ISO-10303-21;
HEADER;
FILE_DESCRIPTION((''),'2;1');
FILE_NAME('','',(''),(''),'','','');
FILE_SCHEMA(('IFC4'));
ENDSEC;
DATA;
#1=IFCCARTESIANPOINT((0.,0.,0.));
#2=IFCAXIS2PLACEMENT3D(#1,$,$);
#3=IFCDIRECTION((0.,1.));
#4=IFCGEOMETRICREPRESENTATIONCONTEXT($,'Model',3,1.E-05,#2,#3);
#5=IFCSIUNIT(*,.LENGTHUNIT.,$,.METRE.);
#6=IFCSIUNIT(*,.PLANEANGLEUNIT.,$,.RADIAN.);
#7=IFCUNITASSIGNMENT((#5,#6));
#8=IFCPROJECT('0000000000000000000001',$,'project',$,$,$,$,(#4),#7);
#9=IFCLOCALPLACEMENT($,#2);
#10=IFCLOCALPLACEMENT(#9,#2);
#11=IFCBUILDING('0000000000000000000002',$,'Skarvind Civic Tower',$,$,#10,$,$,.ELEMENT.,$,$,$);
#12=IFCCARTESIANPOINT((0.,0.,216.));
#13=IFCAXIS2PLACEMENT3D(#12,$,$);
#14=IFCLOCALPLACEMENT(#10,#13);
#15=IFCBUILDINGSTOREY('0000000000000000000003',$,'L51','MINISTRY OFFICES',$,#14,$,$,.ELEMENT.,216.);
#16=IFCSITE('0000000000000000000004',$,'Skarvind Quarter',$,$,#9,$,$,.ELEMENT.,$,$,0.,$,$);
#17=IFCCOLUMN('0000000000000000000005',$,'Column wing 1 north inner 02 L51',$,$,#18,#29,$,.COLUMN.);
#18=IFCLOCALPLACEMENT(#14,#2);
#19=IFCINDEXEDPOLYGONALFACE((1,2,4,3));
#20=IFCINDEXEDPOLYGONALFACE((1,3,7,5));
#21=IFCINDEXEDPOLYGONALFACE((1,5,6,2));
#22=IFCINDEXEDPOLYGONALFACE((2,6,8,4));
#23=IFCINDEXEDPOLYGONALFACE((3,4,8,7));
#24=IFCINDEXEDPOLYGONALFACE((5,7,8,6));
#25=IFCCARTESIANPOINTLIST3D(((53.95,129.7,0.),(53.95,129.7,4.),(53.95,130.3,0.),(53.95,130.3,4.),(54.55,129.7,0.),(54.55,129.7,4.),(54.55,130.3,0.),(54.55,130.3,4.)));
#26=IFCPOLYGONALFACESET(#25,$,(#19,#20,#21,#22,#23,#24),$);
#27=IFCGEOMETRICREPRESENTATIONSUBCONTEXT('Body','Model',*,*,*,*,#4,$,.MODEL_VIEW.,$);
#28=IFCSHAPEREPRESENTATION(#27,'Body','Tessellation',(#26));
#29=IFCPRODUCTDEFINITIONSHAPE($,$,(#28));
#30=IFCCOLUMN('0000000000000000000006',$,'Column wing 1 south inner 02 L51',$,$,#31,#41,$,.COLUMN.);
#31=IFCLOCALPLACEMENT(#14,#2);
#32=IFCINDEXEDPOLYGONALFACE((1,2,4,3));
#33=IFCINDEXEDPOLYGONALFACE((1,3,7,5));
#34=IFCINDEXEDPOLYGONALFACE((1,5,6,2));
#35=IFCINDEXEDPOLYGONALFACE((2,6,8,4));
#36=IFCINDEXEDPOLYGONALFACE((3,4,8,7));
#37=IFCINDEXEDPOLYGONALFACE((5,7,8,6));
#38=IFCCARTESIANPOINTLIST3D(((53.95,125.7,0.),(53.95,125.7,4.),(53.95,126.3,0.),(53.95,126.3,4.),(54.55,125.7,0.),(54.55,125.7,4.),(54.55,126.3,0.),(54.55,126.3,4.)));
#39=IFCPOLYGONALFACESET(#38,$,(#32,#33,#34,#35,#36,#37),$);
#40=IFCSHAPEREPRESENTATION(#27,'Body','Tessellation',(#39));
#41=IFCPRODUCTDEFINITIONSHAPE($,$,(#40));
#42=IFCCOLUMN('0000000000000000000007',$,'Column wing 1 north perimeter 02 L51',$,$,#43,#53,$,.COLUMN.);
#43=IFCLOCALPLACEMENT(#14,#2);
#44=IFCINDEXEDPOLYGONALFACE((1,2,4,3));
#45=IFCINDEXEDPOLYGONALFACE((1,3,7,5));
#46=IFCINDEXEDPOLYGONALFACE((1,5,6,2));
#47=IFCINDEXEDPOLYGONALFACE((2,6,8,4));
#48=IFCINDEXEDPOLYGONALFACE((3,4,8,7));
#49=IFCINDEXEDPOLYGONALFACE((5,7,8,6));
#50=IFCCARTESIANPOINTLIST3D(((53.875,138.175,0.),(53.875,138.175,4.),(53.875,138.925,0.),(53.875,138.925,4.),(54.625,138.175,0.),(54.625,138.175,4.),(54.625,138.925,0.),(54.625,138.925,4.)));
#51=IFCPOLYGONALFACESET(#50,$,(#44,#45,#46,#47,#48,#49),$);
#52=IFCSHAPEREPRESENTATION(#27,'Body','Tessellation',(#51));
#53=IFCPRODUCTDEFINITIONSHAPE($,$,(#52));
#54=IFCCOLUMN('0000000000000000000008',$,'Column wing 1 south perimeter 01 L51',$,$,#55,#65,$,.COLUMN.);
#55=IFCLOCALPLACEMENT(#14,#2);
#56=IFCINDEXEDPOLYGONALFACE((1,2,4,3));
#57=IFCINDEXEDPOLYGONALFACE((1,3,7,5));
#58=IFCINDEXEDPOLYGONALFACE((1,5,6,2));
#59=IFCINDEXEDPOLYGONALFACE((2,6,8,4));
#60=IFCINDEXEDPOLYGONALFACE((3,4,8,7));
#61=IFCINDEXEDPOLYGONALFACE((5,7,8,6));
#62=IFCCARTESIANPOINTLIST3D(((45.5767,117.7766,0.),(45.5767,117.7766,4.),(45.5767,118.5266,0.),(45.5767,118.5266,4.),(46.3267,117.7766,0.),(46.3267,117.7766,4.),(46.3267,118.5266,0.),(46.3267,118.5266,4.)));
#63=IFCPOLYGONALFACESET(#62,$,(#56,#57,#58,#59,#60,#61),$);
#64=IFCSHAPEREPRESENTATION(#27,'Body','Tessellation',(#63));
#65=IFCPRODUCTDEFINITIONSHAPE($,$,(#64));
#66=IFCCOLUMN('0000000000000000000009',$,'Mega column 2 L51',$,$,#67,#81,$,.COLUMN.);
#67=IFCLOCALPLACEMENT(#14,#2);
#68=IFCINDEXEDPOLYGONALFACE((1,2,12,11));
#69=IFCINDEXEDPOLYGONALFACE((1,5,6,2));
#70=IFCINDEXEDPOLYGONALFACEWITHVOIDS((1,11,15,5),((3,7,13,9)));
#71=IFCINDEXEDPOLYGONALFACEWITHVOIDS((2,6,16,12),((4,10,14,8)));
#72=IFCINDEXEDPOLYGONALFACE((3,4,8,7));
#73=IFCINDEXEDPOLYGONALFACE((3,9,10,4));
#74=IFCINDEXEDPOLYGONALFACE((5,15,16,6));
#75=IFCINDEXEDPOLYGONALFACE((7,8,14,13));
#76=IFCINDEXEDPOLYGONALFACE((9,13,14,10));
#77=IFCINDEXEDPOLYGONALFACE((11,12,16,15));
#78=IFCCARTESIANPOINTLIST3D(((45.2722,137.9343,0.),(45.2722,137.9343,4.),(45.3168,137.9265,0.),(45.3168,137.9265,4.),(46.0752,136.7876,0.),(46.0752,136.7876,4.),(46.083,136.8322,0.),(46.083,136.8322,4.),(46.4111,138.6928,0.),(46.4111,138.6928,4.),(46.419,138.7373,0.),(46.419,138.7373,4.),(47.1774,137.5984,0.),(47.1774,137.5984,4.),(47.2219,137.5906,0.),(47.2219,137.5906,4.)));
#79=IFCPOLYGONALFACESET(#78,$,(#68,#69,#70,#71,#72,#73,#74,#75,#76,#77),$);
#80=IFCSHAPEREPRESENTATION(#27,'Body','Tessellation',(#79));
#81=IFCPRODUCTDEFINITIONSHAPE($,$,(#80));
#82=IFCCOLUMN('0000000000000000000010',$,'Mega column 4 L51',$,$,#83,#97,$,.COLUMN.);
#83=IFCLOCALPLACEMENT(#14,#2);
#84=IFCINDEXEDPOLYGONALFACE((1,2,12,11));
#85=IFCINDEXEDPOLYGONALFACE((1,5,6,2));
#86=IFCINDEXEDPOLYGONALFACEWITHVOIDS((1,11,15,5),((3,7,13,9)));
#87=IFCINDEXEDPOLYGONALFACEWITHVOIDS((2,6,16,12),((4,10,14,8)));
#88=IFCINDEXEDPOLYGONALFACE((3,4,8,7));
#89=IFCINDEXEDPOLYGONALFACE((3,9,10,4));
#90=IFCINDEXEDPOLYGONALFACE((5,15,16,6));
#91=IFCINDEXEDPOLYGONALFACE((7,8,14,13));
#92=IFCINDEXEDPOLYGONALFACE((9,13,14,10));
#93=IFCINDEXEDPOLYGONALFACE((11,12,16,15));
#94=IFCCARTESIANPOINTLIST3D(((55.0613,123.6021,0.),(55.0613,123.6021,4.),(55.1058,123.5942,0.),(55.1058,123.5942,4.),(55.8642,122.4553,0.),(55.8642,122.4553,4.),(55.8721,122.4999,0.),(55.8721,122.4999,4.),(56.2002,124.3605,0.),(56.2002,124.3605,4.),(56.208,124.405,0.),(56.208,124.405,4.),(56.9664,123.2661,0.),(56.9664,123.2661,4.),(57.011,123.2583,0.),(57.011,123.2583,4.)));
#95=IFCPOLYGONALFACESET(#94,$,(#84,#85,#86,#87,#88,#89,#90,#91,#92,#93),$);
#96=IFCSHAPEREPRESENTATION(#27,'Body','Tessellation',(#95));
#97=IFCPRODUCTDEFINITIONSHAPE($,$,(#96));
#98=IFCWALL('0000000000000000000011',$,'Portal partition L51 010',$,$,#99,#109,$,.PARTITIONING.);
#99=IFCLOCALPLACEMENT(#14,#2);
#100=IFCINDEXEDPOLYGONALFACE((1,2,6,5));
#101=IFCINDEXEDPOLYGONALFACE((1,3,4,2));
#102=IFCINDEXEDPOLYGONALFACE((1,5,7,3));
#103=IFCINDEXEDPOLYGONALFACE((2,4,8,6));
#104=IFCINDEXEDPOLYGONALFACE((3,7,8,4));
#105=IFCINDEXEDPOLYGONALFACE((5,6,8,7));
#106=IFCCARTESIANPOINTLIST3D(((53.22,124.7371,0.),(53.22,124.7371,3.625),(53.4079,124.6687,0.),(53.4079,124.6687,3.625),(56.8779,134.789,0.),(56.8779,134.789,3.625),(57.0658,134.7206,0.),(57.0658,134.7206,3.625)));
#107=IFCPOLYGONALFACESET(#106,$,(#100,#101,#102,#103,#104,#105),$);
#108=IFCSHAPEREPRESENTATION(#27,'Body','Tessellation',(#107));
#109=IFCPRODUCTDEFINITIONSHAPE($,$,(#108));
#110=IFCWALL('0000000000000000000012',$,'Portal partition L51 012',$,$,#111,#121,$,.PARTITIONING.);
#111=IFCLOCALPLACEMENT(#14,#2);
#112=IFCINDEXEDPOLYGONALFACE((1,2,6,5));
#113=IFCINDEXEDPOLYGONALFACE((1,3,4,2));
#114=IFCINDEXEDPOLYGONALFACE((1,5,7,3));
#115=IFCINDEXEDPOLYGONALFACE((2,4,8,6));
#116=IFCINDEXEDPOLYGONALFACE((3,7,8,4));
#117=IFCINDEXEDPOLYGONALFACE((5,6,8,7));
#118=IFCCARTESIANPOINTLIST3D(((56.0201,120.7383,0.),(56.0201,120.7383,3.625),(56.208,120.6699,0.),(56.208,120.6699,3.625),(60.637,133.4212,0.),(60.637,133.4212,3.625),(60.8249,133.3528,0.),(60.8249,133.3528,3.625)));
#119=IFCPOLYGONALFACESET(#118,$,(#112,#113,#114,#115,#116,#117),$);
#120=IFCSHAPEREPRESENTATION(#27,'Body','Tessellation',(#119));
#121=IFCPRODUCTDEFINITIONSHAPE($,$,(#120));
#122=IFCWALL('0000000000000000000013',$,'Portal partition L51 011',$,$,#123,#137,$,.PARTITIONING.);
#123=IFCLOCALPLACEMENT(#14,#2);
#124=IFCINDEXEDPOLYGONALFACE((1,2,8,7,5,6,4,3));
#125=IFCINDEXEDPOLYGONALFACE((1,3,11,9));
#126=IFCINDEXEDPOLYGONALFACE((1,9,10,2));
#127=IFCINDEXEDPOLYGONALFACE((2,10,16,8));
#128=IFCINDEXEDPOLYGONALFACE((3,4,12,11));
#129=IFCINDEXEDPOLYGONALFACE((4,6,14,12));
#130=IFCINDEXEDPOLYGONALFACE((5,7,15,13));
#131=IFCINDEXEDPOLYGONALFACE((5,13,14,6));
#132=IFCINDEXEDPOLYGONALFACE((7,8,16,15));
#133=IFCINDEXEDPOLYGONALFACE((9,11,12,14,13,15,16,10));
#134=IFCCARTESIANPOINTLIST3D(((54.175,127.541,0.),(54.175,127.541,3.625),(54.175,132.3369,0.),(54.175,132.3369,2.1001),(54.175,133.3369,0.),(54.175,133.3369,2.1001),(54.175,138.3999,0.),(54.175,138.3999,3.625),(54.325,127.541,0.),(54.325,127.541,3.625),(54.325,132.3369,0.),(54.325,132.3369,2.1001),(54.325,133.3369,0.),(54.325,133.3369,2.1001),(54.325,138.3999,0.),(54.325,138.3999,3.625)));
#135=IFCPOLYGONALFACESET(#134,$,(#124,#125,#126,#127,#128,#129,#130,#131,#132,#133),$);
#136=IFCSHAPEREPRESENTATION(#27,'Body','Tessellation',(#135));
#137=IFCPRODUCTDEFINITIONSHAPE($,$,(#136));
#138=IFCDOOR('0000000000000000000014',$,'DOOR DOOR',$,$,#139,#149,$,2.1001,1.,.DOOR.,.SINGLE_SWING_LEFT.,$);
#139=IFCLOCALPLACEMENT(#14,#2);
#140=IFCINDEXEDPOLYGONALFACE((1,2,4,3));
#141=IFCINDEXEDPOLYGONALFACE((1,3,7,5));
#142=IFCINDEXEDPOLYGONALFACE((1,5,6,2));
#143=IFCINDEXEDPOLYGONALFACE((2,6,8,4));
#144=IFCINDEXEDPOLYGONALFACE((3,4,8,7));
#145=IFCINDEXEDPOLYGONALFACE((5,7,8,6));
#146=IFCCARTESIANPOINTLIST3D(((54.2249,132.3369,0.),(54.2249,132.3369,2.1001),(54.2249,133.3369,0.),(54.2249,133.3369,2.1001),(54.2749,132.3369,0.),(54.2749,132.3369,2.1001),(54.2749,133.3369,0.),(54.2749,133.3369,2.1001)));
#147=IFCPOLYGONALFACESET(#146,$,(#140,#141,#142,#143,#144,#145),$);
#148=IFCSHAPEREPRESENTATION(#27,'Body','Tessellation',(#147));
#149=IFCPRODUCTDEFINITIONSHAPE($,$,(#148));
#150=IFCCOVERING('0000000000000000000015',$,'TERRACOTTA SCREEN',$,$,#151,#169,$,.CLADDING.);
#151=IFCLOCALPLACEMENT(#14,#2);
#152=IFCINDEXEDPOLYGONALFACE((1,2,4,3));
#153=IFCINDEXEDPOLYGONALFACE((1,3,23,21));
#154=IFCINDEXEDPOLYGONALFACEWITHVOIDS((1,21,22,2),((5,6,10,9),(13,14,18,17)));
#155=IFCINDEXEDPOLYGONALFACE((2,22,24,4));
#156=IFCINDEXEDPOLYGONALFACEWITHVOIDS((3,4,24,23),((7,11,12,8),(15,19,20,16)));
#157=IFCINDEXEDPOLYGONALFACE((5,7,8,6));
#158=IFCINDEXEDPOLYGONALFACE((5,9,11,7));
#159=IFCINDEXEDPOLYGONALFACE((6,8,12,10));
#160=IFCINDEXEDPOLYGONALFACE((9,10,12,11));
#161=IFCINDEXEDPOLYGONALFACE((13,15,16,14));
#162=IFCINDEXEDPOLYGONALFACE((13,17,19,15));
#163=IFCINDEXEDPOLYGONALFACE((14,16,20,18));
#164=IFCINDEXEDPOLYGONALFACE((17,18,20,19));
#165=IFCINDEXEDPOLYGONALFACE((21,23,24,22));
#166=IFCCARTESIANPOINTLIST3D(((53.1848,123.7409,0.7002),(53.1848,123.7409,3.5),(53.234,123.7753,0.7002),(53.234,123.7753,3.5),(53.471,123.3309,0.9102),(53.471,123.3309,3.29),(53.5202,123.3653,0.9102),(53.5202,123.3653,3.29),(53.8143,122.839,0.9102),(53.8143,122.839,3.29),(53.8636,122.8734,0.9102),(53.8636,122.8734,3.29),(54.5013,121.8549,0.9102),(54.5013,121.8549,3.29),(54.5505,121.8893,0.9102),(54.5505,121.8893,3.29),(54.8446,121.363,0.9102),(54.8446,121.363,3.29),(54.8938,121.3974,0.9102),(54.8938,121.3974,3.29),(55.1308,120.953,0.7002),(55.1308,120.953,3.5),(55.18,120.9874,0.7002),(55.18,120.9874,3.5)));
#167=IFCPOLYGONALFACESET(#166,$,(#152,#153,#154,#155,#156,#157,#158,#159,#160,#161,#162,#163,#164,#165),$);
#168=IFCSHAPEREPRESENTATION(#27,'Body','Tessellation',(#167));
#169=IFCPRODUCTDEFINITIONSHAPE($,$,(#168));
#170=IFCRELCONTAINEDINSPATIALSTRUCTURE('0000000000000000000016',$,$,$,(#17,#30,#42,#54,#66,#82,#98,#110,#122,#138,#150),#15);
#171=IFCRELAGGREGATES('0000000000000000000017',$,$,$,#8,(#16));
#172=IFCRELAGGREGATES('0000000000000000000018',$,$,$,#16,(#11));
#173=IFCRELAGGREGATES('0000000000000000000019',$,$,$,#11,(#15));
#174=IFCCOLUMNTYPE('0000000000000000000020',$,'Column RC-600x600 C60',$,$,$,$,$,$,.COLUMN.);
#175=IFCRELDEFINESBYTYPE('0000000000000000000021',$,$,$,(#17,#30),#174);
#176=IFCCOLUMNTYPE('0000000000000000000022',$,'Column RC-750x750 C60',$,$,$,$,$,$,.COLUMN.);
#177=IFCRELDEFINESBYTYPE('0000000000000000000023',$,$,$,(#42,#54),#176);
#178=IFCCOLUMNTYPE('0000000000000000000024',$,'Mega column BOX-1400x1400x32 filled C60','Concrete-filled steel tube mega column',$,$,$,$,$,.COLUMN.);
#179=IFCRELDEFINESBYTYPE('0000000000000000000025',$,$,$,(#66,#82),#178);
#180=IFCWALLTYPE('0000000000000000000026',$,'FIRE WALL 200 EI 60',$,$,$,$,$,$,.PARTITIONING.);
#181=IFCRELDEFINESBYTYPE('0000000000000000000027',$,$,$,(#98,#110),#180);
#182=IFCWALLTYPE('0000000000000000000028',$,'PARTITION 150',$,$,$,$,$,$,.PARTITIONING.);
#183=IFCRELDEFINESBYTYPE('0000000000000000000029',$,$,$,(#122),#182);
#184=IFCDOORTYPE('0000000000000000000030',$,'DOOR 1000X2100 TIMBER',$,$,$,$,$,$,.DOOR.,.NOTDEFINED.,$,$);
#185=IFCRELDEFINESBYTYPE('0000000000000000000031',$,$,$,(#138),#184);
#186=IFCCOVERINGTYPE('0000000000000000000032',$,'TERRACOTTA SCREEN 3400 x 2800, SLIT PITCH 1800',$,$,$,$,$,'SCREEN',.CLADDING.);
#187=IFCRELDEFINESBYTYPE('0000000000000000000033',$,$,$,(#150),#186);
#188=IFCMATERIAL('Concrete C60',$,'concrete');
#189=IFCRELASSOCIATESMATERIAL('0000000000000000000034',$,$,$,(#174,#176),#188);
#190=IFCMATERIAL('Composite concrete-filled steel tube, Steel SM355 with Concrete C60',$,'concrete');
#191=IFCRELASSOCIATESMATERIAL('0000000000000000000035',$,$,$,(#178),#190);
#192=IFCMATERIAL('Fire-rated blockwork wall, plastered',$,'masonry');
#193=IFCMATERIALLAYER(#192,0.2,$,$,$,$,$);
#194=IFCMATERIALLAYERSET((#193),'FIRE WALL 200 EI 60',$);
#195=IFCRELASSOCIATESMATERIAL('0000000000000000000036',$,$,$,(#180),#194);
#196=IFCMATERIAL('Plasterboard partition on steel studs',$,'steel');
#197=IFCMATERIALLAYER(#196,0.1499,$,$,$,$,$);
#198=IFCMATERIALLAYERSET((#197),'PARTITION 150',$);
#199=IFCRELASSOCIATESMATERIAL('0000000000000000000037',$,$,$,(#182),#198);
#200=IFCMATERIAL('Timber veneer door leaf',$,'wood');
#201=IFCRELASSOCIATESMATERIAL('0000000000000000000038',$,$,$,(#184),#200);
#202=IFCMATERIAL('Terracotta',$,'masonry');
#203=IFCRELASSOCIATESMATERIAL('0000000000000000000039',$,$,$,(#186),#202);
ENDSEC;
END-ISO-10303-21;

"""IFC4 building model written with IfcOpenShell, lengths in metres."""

from ifc_helpers import new_model, si_unit, direction, frame, frame_2d, origin, origin_2d, place, context, subcontext, project, spatial, polyline, rectangle, hollow_rectangle, outline, extrude, material, layer, layer_set, material_profile, profile_set, type_object, element, fill, save


model = new_model("IFC4")

# Units and contexts
model_context = context("Model", 3, precision=1e-05, world=origin(), true_north=direction((0.0, 1.0)))
body_context = subcontext(model_context, "Body", "Model", "MODEL_VIEW")
ifc_project = project(units=[si_unit("LENGTHUNIT", "METRE"), si_unit("PLANEANGLEUNIT", "RADIAN")], contexts=[model_context])

# Site, building, storey
site_placement = place(None, origin())
site = spatial("IfcSite", under=ifc_project, at=site_placement, Name="Skarvind Quarter", CompositionType="ELEMENT", RefElevation=0.0)
building_placement = place(site_placement, origin())
building = spatial("IfcBuilding", under=site, at=building_placement, Name="Skarvind Civic Tower", CompositionType="ELEMENT")
storey_placement = place(building_placement, frame((0.0, 0.0, 216.0)))
storey = spatial("IfcBuildingStorey", under=building, at=storey_placement, Name="L51", Description="MINISTRY OFFICES", CompositionType="ELEMENT", Elevation=216.0)

# Columns
ifc_material_1 = material(Name="Concrete C60", Category="concrete")
ifc_material_profile_1 = material_profile(ifc_material_1, rectangle(XDim=0.6001, YDim=0.6001, at=origin_2d()), Name="RC-600x600")
ifc_profile_set_1 = profile_set([ifc_material_profile_1], Name="Concrete C60")
column_type_1 = type_object("IfcColumnType", Name="Column RC-600x600 C60", PredefinedType="COLUMN", material=ifc_profile_set_1)
for number, where, z_axis, x_axis, name in (
    (1, (54.25, 130.0, 0.0), (0.0, 0.0, 1.0), (1.0, 0.0, 0.0), "Column wing 1 north inner 02 L51"),
    (2, (54.25, 126.0, 0.0), (0.0, 0.0, 1.0), (1.0, 0.0, 0.0), "Column wing 1 south inner 02 L51"),
):
    element("IfcColumn", number, at=place(storey_placement, frame(where, z_axis=z_axis, x_axis=x_axis)), inside=storey, type_object=column_type_1, Name=name, PredefinedType="COLUMN", context=body_context, shape_type="SweptSolid", body=[
        extrude(rectangle(XDim=0.6001, YDim=0.6001, at=origin_2d()), origin(), (0.0, 0.0, 1.0), 4.0),
    ])
ifc_material_profile_2 = material_profile(ifc_material_1, rectangle(XDim=0.75, YDim=0.75, at=origin_2d()), Name="RC-750x750")
ifc_profile_set_2 = profile_set([ifc_material_profile_2], Name="Concrete C60")
column_type_2 = type_object("IfcColumnType", Name="Column RC-750x750 C60", PredefinedType="COLUMN", material=ifc_profile_set_2)
for number, where, z_axis, x_axis, name in (
    (3, (54.25, 138.55, 0.0), (0.0, 0.0, 1.0), (1.0, 0.0, 0.0), "Column wing 1 north perimeter 02 L51"),
    (4, (45.9517, 118.1516, 0.0), (0.0, 0.0, 1.0), (1.0, 0.0, 0.0), "Column wing 1 south perimeter 01 L51"),
):
    element("IfcColumn", number, at=place(storey_placement, frame(where, z_axis=z_axis, x_axis=x_axis)), inside=storey, type_object=column_type_2, Name=name, PredefinedType="COLUMN", context=body_context, shape_type="SweptSolid", body=[
        extrude(rectangle(XDim=0.75, YDim=0.75, at=origin_2d()), origin(), (0.0, 0.0, 1.0), 4.0),
    ])
ifc_material_2 = material(Name="Composite concrete-filled steel tube, Steel SM355 with Concrete C60", Category="concrete")
ifc_material_profile_3 = material_profile(ifc_material_2, hollow_rectangle(XDim=1.3999, YDim=1.3999, WallThickness=0.032, at=origin_2d()), Name="BOX-1400x1400x32")
ifc_profile_set_3 = profile_set([ifc_material_profile_3], Name="Composite concrete-filled steel tube, Steel SM355 with Concrete C60")
column_type_3 = type_object("IfcColumnType", Name="Mega column BOX-1400x1400x32 filled C60", Description="Concrete-filled steel tube mega column", PredefinedType="COLUMN", material=ifc_profile_set_3)
for number, where, z_axis, x_axis, name in (
    (5, (46.2471, 137.7625, 0.0), (0.0, 0.0, 1.0), (0.573576, -0.819152, 0.0), "Mega column 2 L51"),
    (6, (56.0361, 123.4302, 0.0), (0.0, 0.0, 1.0), (0.573576, -0.819152, 0.0), "Mega column 4 L51"),
):
    element("IfcColumn", number, at=place(storey_placement, frame(where, z_axis=z_axis, x_axis=x_axis)), inside=storey, type_object=column_type_3, Name=name, PredefinedType="COLUMN", context=body_context, shape_type="SweptSolid", body=[
        extrude(hollow_rectangle(XDim=1.3999, YDim=1.3999, WallThickness=0.032, at=origin_2d()), origin(), (0.0, 0.0, 1.0), 4.0),
    ])

# Walls
ifc_material_3 = material(Name="Fire-rated blockwork wall, plastered", Category="masonry")
ifc_layer_1 = layer(ifc_material_3, 0.2)
ifc_layer_set_1 = layer_set([ifc_layer_1], Name="FIRE WALL 200 EI 60")
wall_type_1 = type_object("IfcWallType", Name="FIRE WALL 200 EI 60", PredefinedType="PARTITIONING", material=ifc_layer_set_1)
wall_1_placement = place(storey_placement, frame((53.314, 124.7029, 0.0), z_axis=(0.0, 0.0, 1.0), x_axis=(0.341965, 0.939713, 0.0)))
element("IfcWall", 7, at=wall_1_placement, inside=storey, type_object=wall_type_1, Name="Portal partition L51 010", PredefinedType="PARTITIONING", context=body_context, shape_type="SweptSolid", body=[
    extrude(rectangle(XDim=10.6968, YDim=0.2, at=frame_2d((5.3484, 0.0))), origin(), (0.0, 0.0, 1.0), 3.625),
])
wall_2_placement = place(storey_placement, frame((56.114, 120.7041, 0.0), z_axis=(0.0, 0.0, 1.0), x_axis=(0.34207, 0.939675, 0.0)))
element("IfcWall", 8, at=wall_2_placement, inside=storey, type_object=wall_type_1, Name="Portal partition L51 012", PredefinedType="PARTITIONING", context=body_context, shape_type="SweptSolid", body=[
    extrude(rectangle(XDim=13.4971, YDim=0.2, at=frame_2d((6.7485, 0.0))), origin(), (0.0, 0.0, 1.0), 3.625),
])

# Wall, opening, door
ifc_material_4 = material(Name="Plasterboard partition on steel studs", Category="steel")
ifc_layer_2 = layer(ifc_material_4, 0.1499)
ifc_layer_set_2 = layer_set([ifc_layer_2], Name="PARTITION 150")
wall_type_2 = type_object("IfcWallType", Name="PARTITION 150", PredefinedType="PARTITIONING", material=ifc_layer_set_2)
wall_3_placement = place(storey_placement, frame((54.25, 138.3999, 0.0), z_axis=(0.0, 0.0, 1.0), x_axis=(0.0, -1.0, 0.0)))
wall_3 = element("IfcWall", 9, at=wall_3_placement, inside=storey, type_object=wall_type_2, Name="Portal partition L51 011", PredefinedType="PARTITIONING", context=body_context, shape_type="SweptSolid", body=[
    extrude(rectangle(XDim=10.8589, YDim=0.1499, at=frame_2d((5.4294, 0.0))), origin(), (0.0, 0.0, 1.0), 3.625),
])
opening_1_placement = place(wall_3_placement, frame((5.063, 0.0, 0.0)))
opening_1 = element("IfcOpeningElement", 10, at=opening_1_placement, cuts=wall_3, PredefinedType="OPENING", context=body_context, shape_type="SweptSolid", body=[
    extrude(rectangle(XDim=1.0, YDim=2.1001, at=frame_2d((0.5, 1.05))), frame((0.0, 0.085, 0.0), z_axis=(0.0, -1.0, 0.0), x_axis=(1.0, 0.0, 0.0)), (0.0, 0.0, 1.0), 0.1699),
])
ifc_material_5 = material(Name="Timber veneer door leaf", Category="wood")
door_type = type_object("IfcDoorType", Name="DOOR 1000X2100 TIMBER", OperationType="NOTDEFINED", PredefinedType="DOOR", material=ifc_material_5)
door_placement = place(opening_1_placement, origin())
door = element("IfcDoor", 11, at=door_placement, inside=storey, type_object=door_type, Name="DOOR DOOR", OperationType="SINGLE_SWING_LEFT", OverallHeight=2.1001, OverallWidth=1.0, PredefinedType="DOOR", context=body_context, shape_type="SweptSolid", body=[
    extrude(rectangle(XDim=1.0, YDim=2.1001, at=frame_2d((0.5, 1.05))), frame((0.0, 0.0249, 0.0), z_axis=(0.0, -1.0, 0.0), x_axis=(1.0, 0.0, 0.0)), (0.0, 0.0, 1.0), 0.05),
])
fill(opening_1, door)

# Covering
ifc_material_6 = material(Name="Terracotta", Category="masonry")
ifc_material_profile_4 = material_profile(ifc_material_6, outline(polyline([(-1.7, -1.3999), (1.7, -1.3999), (1.7, 1.3999), (-1.7, 1.3999), (-1.7, -1.3999)]), holes=[polyline([(-1.2, -1.1899), (-0.6001, -1.1899), (-0.6001, 1.1899), (-1.2, 1.1899), (-1.2, -1.1899)]), polyline([(0.6001, -1.1899), (1.2, -1.1899), (1.2, 1.1899), (0.6001, 1.1899), (0.6001, -1.1899)])]), Name="TERRACOTTA SCREEN 3400 x 2800, SLIT PITCH 1800")
ifc_profile_set_4 = profile_set([ifc_material_profile_4], Name="Terracotta")
covering_type = type_object("IfcCoveringType", Name="TERRACOTTA SCREEN 3400 x 2800, SLIT PITCH 1800", ElementType="SCREEN", PredefinedType="CLADDING", material=ifc_profile_set_4)
for number, where, z_axis, x_axis, name in (
    (12, (54.207, 122.3813, 2.1001), (-0.819994, -0.572372, 0.0), (0.572372, -0.819994, 0.0), "TERRACOTTA SCREEN"),
):
    element("IfcCovering", number, at=place(storey_placement, frame(where, z_axis=z_axis, x_axis=x_axis)), inside=storey, type_object=covering_type, Name=name, PredefinedType="CLADDING", context=body_context, shape_type="SweptSolid", body=[
        extrude(outline(polyline([(-1.7, -1.3999), (1.7, -1.3999), (1.7, 1.3999), (-1.7, 1.3999), (-1.7, -1.3999)]), holes=[polyline([(-1.2, -1.1899), (-0.6001, -1.1899), (-0.6001, 1.1899), (-1.2, 1.1899), (-1.2, -1.1899)]), polyline([(0.6001, -1.1899), (1.2, -1.1899), (1.2, 1.1899), (0.6001, 1.1899), (0.6001, -1.1899)])]), origin(), (0.0, 0.0, 1.0), 0.0601),
    ])

save(model, "model.ifc")
